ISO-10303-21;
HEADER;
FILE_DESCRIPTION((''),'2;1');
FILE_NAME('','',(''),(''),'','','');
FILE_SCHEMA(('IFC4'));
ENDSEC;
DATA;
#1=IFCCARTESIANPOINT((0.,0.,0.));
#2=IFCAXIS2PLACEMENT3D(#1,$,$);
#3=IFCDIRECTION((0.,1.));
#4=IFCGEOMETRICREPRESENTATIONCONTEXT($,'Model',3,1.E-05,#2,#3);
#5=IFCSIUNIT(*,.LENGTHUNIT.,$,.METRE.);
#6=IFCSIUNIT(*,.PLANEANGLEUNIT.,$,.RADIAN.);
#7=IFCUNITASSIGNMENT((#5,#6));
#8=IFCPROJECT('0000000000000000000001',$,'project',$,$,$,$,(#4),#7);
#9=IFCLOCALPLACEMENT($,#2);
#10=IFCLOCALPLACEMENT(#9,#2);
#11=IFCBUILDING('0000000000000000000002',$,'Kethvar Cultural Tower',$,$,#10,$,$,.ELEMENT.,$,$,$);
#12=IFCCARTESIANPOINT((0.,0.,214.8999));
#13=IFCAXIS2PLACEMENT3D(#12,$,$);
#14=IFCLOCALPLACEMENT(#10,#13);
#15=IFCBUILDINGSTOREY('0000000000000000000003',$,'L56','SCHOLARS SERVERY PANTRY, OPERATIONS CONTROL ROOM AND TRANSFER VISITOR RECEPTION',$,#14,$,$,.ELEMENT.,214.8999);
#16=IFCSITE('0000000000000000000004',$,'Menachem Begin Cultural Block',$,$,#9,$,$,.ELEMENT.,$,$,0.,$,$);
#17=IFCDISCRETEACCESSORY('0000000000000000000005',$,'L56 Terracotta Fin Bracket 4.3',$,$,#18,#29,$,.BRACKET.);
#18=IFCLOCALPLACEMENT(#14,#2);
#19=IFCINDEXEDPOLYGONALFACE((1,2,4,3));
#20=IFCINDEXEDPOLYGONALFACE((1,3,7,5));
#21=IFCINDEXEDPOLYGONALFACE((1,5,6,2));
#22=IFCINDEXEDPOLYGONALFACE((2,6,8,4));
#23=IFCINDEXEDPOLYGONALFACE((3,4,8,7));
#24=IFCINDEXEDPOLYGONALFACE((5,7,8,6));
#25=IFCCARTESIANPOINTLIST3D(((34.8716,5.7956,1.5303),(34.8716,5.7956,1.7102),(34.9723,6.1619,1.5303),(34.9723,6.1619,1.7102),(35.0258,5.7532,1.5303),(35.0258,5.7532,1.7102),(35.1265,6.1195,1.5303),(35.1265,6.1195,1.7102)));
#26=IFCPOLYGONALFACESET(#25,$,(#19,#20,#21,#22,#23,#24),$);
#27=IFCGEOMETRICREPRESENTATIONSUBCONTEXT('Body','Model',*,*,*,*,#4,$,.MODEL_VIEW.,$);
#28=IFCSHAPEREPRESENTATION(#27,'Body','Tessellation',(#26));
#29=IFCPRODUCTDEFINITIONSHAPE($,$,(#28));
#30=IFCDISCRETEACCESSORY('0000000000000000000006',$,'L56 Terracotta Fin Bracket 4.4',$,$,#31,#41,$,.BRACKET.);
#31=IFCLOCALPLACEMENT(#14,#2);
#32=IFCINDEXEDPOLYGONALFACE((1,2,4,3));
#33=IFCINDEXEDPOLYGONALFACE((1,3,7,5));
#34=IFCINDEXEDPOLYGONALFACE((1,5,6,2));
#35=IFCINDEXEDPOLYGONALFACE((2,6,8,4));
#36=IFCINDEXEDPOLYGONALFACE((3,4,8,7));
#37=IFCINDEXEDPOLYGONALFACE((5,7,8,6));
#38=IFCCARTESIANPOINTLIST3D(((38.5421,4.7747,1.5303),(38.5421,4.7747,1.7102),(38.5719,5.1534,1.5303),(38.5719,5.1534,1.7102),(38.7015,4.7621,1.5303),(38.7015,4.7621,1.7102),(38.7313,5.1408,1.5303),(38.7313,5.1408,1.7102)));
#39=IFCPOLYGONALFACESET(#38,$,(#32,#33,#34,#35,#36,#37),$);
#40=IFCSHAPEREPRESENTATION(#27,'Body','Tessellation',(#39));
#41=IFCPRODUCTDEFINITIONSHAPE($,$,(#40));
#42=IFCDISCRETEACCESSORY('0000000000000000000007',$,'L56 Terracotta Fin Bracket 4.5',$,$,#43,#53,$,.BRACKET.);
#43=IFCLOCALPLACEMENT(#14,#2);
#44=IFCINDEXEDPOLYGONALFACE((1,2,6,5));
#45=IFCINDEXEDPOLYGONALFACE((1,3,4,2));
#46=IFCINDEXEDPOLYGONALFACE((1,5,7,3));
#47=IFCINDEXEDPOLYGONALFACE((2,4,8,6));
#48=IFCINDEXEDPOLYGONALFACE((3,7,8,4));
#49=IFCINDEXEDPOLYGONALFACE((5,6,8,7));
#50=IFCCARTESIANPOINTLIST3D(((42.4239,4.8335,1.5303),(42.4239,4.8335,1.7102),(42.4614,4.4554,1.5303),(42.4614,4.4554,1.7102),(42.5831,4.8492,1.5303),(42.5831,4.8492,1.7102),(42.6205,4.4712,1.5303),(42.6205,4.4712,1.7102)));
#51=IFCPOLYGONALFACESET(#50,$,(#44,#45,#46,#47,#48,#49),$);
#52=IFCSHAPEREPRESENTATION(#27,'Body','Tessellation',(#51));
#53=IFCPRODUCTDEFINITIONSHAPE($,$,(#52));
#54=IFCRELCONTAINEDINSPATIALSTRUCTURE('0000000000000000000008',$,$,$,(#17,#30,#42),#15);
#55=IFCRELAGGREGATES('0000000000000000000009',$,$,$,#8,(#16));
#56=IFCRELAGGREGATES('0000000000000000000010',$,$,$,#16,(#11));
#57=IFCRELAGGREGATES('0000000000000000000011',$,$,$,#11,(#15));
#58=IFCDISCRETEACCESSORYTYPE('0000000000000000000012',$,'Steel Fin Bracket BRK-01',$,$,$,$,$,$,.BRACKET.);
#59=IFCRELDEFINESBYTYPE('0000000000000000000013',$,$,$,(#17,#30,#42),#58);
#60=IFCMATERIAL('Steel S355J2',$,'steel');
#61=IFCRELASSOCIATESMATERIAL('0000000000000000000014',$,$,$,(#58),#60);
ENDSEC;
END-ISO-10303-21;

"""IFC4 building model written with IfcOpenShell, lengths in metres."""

from ifc_helpers import new_model, si_unit, direction, frame, origin, origin_2d, place, context, subcontext, project, spatial, rectangle, extrude, source, transform, mapped, material, type_object, element, save


model = new_model("IFC4")

# Units and contexts
model_context = context("Model", 3, precision=1e-05, world=origin(), true_north=direction((0.0, 1.0)))
body_context = subcontext(model_context, "Body", "Model", "MODEL_VIEW")
ifc_project = project(units=[si_unit("LENGTHUNIT", "METRE"), si_unit("PLANEANGLEUNIT", "RADIAN")], contexts=[model_context])

# Site, building, storey
site_placement = place(None, origin())
site = spatial("IfcSite", under=ifc_project, at=site_placement, Name="Menachem Begin Cultural Block", CompositionType="ELEMENT", RefElevation=0.0)
building_placement = place(site_placement, origin())
building = spatial("IfcBuilding", under=site, at=building_placement, Name="Kethvar Cultural Tower", CompositionType="ELEMENT")
storey_placement = place(building_placement, frame((0.0, 0.0, 214.8999)))
storey = spatial("IfcBuildingStorey", under=building, at=storey_placement, Name="L56", Description="SCHOLARS SERVERY PANTRY, OPERATIONS CONTROL ROOM AND TRANSFER VISITOR RECEPTION", CompositionType="ELEMENT", Elevation=214.8999)

# Shared definitions
ifc_material_1 = material(Name="Steel S355J2", Category="steel")

# Discrete accessories
discrete_accessory_type = type_object("IfcDiscreteAccessoryType", Name="Steel Fin Bracket BRK-01", PredefinedType="BRACKET", material=ifc_material_1)
shared_shape_1 = source(origin(), body_context, "Body", "SweptSolid", [
    extrude(rectangle(XDim=0.3799, YDim=0.1599, at=origin_2d()), origin(), (0.0, 0.0, 1.0), 0.1799),
])
for number, where, z_axis, x_axis, name in (
    (1, (34.999, 5.9575, 1.5303), (0.0, 0.0, 1.0), (-0.265051, -0.964234, 0.0), "L56 Terracotta Fin Bracket 4.3"),
    (2, (38.6367, 4.9578, 1.5303), (0.0, 0.0, 1.0), (-0.078459, -0.996917, 0.0), "L56 Terracotta Fin Bracket 4.4"),
    (3, (42.5222, 4.6523, 1.5303), (0.0, 0.0, 1.0), (0.098625, -0.995125, 0.0), "L56 Terracotta Fin Bracket 4.5"),
):
    element("IfcDiscreteAccessory", number, at=place(storey_placement, frame(where, z_axis=z_axis, x_axis=x_axis)), inside=storey, type_object=discrete_accessory_type, Name=name, PredefinedType="BRACKET", context=body_context, shape_type="MappedRepresentation", body=[
        mapped(shared_shape_1, transform((0.0, 0.0, 0.0), scale=1.0)),
    ])

save(model, "model.ifc")
